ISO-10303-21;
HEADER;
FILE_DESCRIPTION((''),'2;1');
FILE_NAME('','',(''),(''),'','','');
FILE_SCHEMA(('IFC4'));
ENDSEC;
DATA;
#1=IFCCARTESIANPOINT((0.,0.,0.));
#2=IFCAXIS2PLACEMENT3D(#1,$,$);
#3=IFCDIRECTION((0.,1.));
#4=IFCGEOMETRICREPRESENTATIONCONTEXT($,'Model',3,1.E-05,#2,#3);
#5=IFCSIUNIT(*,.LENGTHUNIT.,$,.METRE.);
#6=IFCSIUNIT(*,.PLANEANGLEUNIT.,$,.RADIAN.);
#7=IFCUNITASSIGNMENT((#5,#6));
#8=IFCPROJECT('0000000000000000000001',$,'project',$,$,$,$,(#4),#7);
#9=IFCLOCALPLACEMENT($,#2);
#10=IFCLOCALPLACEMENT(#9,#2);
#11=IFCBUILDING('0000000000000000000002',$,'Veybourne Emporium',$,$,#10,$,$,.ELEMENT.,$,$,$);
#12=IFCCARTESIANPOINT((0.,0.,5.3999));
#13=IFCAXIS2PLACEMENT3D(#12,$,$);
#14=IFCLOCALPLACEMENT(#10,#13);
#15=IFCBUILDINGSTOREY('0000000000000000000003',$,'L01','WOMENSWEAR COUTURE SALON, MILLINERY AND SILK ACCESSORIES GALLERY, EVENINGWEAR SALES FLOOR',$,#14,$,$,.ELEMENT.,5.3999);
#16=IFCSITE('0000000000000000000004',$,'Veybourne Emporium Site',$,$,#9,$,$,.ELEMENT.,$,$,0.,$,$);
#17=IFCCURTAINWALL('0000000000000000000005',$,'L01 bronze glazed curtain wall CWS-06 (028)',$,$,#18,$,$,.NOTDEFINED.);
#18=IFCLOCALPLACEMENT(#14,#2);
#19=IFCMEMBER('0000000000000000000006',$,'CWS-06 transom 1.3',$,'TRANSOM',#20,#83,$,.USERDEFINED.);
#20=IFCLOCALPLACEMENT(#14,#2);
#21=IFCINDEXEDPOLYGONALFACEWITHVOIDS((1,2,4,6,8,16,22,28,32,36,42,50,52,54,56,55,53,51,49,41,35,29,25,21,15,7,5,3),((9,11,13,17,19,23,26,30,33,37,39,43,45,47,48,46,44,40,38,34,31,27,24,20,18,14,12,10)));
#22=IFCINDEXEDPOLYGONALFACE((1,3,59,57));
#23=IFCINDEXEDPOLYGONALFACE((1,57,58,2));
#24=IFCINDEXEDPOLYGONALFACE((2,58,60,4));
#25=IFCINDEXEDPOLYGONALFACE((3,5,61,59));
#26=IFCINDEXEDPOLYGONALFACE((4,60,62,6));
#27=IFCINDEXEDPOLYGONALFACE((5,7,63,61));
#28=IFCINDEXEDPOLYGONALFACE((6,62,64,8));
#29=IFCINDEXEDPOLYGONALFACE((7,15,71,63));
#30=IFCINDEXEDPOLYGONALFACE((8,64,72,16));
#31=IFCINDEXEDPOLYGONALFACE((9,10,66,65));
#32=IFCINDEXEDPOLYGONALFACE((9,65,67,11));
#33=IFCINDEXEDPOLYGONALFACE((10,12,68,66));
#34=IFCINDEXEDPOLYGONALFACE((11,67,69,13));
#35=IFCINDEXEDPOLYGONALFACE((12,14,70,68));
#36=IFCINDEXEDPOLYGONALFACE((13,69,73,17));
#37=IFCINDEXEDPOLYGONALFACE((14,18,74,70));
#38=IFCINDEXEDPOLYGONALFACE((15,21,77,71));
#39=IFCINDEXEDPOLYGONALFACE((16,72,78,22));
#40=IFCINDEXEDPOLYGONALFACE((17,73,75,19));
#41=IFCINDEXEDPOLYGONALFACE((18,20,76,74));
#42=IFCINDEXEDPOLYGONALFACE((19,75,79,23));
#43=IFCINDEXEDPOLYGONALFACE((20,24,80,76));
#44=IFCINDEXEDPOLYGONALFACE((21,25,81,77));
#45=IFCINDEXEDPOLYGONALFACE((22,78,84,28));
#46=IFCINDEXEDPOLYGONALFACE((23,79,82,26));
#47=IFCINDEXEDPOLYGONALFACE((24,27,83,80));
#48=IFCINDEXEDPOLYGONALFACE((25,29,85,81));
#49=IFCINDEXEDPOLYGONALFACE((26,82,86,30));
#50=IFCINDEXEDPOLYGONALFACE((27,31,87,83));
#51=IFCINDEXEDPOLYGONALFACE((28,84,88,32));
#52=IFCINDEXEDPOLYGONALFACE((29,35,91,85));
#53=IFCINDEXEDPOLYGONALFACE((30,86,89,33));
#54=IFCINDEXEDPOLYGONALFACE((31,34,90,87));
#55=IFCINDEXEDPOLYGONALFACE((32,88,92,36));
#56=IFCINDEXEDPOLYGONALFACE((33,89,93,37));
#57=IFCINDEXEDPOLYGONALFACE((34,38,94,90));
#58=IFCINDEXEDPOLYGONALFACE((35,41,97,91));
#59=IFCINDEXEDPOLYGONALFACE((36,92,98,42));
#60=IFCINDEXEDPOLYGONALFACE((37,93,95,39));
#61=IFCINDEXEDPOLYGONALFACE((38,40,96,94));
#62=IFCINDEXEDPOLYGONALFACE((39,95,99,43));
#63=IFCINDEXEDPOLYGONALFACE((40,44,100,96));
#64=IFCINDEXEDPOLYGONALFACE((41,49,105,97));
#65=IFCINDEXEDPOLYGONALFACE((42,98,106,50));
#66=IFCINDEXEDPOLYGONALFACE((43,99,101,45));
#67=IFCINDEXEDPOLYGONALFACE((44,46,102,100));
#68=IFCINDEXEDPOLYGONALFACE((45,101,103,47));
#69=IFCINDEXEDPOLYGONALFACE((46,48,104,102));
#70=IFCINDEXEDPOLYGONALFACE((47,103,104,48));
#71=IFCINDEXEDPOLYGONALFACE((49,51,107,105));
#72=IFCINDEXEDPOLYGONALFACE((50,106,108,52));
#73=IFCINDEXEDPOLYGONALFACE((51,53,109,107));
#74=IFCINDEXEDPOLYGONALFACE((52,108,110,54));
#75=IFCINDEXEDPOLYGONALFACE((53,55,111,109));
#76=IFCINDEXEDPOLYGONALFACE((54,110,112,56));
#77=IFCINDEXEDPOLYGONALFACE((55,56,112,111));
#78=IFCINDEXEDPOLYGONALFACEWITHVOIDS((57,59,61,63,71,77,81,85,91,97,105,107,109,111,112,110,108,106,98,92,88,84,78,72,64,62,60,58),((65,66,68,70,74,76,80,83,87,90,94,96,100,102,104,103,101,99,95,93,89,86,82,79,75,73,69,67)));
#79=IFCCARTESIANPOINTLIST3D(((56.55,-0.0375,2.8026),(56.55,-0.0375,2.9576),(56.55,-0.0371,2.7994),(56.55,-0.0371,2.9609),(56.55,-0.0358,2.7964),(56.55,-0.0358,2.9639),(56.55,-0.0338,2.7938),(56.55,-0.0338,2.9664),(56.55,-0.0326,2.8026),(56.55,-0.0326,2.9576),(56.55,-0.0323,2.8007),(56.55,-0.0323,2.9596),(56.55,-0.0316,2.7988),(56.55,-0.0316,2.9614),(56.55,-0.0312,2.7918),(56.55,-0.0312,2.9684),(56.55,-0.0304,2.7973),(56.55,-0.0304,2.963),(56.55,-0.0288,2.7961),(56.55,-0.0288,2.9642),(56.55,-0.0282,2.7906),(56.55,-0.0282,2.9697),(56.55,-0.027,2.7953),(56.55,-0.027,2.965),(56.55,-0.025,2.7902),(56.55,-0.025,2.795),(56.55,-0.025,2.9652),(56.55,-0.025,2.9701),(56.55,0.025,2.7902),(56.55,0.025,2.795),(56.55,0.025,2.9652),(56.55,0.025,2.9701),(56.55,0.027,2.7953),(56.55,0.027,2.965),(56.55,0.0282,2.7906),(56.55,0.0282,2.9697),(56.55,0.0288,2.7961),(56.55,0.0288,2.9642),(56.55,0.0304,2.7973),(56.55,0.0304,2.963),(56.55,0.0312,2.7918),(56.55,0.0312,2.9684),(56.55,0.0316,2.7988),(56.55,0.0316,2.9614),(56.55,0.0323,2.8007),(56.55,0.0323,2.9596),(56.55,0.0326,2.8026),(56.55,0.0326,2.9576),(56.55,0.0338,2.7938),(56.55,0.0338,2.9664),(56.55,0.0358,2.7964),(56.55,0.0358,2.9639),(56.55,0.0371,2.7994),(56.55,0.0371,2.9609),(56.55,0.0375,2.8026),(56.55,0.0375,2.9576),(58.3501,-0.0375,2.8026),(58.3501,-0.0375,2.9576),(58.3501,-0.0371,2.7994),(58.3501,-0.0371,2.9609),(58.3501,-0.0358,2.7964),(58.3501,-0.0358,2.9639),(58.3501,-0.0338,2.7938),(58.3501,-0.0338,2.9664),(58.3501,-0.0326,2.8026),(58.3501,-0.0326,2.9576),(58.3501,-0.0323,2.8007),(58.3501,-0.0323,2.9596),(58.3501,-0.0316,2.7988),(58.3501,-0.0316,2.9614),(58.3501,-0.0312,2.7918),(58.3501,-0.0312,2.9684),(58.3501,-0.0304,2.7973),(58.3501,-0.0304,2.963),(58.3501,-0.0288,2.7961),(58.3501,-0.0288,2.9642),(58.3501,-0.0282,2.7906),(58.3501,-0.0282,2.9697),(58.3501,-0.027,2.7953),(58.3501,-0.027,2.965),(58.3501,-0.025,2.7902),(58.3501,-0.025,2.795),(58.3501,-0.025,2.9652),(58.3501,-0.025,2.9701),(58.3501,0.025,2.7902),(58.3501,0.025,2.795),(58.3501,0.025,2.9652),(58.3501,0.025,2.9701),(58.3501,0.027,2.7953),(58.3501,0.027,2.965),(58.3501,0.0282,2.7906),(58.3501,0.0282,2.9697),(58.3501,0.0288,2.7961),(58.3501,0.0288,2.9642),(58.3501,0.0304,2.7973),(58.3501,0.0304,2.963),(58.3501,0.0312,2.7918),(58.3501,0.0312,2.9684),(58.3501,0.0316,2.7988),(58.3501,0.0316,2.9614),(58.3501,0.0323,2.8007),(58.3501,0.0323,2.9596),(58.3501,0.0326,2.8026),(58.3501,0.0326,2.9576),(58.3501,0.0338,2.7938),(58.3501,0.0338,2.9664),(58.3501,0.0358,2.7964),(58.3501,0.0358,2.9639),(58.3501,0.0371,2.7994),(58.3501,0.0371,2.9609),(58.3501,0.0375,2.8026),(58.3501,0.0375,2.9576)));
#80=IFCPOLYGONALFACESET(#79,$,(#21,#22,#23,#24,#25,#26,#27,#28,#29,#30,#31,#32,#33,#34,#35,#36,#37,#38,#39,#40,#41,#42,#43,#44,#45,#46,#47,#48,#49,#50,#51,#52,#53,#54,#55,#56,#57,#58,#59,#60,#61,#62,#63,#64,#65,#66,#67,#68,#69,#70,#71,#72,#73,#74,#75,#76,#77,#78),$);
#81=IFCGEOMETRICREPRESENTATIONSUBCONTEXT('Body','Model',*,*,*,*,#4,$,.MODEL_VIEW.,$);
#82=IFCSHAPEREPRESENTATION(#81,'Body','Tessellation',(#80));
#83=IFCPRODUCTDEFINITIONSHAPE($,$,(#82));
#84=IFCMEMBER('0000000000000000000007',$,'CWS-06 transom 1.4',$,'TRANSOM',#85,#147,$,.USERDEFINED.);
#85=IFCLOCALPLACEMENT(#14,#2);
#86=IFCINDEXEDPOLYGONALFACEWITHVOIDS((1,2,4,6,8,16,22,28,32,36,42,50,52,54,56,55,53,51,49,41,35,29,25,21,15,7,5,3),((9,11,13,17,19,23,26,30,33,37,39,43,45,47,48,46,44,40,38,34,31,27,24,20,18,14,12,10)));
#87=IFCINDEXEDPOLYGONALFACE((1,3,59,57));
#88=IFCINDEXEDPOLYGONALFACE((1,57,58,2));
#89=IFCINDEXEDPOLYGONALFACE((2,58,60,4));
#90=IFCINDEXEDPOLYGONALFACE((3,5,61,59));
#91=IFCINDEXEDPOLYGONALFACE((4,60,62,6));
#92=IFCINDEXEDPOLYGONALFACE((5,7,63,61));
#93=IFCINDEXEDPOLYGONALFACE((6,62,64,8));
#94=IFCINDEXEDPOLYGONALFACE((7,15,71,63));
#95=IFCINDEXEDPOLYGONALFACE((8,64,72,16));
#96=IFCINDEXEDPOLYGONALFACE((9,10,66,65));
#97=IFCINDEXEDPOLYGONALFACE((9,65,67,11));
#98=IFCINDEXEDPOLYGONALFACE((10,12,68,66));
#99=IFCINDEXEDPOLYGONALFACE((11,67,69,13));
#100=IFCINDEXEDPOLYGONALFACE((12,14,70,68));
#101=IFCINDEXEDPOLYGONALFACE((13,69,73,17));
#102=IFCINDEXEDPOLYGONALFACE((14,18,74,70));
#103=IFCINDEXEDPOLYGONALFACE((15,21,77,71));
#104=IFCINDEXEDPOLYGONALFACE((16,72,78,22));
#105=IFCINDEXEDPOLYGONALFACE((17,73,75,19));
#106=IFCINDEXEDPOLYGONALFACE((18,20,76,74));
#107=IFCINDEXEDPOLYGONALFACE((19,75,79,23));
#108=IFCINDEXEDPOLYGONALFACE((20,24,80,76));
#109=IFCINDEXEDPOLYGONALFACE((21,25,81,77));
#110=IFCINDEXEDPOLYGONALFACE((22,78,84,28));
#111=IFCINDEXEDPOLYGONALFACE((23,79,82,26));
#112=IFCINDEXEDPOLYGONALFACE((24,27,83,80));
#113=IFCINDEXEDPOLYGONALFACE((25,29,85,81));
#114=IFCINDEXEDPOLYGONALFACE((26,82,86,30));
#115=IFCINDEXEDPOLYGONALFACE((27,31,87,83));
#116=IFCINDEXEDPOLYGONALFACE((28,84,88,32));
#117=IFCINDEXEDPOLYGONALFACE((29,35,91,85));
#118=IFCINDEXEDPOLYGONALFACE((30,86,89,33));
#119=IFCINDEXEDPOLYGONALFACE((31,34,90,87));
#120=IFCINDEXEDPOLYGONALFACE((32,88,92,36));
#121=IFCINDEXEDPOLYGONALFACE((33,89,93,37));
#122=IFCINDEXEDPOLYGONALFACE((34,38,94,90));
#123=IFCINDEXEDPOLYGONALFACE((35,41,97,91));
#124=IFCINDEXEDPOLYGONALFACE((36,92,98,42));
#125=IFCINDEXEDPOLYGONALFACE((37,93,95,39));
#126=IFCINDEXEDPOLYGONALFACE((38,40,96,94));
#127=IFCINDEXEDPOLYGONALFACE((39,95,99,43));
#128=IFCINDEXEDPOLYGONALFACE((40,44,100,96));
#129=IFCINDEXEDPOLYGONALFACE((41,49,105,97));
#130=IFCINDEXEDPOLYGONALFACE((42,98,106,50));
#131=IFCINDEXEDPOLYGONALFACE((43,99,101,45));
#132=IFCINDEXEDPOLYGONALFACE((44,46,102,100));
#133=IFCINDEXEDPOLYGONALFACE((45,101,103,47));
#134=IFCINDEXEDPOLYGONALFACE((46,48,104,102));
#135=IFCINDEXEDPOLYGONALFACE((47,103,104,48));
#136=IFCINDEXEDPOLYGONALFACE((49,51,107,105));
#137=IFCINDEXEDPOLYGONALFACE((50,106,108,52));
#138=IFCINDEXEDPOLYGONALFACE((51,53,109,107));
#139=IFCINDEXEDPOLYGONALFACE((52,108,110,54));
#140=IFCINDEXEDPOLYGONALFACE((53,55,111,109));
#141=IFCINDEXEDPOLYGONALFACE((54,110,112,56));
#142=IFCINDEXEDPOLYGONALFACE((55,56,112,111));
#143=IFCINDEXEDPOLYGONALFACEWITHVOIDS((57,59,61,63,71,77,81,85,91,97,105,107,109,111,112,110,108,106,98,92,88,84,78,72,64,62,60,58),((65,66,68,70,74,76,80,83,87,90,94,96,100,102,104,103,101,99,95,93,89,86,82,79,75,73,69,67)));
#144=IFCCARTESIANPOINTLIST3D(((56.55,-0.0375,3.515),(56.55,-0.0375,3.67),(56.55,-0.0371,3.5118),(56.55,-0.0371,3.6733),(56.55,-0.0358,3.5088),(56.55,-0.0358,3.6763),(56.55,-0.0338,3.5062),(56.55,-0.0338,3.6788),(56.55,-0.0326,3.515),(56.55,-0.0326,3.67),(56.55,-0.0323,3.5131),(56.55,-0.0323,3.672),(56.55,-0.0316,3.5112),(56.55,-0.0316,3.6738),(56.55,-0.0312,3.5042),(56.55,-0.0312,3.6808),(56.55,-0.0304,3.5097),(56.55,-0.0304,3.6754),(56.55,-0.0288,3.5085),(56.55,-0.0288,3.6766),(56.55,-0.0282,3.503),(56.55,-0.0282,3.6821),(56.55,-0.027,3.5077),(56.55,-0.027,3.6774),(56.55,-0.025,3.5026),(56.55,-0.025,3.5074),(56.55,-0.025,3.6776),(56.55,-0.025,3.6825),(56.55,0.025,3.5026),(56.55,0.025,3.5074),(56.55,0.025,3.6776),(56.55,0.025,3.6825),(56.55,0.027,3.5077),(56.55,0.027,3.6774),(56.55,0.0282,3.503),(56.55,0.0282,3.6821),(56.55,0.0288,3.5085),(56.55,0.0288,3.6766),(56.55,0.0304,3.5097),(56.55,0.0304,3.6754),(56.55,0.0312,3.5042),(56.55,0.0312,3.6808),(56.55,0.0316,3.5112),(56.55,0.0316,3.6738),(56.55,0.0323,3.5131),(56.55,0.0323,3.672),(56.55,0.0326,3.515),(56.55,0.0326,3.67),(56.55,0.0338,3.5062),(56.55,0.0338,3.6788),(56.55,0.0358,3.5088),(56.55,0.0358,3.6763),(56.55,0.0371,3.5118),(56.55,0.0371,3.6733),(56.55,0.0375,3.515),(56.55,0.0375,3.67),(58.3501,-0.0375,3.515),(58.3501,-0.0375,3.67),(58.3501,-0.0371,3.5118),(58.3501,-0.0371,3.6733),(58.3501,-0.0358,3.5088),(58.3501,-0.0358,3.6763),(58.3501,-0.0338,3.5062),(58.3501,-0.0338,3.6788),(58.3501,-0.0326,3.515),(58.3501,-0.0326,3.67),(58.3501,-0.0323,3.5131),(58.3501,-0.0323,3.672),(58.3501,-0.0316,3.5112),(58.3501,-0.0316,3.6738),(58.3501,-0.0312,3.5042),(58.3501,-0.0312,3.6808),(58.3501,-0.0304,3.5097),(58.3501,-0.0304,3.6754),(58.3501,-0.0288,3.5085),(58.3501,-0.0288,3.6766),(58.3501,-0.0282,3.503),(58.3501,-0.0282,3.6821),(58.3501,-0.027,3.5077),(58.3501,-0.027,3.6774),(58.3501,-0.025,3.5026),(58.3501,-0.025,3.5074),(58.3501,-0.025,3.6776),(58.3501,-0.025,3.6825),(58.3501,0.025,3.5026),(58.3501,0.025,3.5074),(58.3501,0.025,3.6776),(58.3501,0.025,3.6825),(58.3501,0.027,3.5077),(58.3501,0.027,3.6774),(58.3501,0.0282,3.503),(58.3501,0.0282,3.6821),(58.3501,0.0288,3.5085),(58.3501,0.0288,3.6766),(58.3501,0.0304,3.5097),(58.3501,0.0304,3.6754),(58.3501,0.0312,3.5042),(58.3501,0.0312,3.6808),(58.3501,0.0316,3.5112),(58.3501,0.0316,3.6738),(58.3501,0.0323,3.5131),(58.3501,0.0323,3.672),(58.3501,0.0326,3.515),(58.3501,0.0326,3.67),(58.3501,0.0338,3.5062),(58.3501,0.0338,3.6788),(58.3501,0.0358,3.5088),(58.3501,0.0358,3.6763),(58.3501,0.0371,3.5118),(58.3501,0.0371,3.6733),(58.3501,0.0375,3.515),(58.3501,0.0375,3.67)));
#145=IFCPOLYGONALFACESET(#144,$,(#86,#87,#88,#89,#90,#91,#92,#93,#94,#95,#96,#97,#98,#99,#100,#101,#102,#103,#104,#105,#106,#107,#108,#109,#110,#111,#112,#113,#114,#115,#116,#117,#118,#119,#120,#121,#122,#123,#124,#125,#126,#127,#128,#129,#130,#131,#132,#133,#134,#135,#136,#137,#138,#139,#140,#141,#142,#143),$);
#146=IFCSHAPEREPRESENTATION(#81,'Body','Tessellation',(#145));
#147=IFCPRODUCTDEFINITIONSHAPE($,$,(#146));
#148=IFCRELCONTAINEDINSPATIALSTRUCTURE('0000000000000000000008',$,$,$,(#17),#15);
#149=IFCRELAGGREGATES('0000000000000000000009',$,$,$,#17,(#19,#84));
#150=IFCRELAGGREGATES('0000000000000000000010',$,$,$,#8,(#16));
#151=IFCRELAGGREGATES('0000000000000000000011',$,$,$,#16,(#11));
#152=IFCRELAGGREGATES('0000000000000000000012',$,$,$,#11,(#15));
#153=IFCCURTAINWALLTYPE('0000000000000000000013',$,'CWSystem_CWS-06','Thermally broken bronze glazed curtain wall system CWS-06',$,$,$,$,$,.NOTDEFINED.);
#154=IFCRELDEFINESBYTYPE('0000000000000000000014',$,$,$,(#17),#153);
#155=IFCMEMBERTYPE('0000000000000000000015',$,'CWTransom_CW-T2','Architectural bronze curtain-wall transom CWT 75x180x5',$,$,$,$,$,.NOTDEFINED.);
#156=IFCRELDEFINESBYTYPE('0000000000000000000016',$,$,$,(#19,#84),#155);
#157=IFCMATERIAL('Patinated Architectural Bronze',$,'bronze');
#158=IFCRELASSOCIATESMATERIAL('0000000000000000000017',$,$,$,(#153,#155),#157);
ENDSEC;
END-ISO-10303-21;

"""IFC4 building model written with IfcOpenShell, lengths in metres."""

from ifc_helpers import new_model, si_unit, direction, frame, origin, origin_2d, place, context, subcontext, project, spatial, hollow_rectangle, extrude, material, material_profile, profile_set, type_object, element, aggregate, save


model = new_model("IFC4")

# Units and contexts
model_context = context("Model", 3, precision=1e-05, world=origin(), true_north=direction((0.0, 1.0)))
body_context = subcontext(model_context, "Body", "Model", "MODEL_VIEW")
ifc_project = project(units=[si_unit("LENGTHUNIT", "METRE"), si_unit("PLANEANGLEUNIT", "RADIAN")], contexts=[model_context])

# Site, building, storey
site_placement = place(None, origin())
site = spatial("IfcSite", under=ifc_project, at=site_placement, Name="Veybourne Emporium Site", CompositionType="ELEMENT", RefElevation=0.0)
building_placement = place(site_placement, origin())
building = spatial("IfcBuilding", under=site, at=building_placement, Name="Veybourne Emporium", CompositionType="ELEMENT")
storey_placement = place(building_placement, frame((0.0, 0.0, 5.3999)))
storey = spatial("IfcBuildingStorey", under=building, at=storey_placement, Name="L01", Description="WOMENSWEAR COUTURE SALON, MILLINERY AND SILK ACCESSORIES GALLERY, EVENINGWEAR SALES FLOOR", CompositionType="ELEMENT", Elevation=5.3999)

# Curtain wall, members
ifc_material_1 = material(Name="Patinated Architectural Bronze", Category="bronze")
curtain_wall_type = type_object("IfcCurtainWallType", Name="CWSystem_CWS-06", Description="Thermally broken bronze glazed curtain wall system CWS-06", PredefinedType="NOTDEFINED", material=ifc_material_1)
curtain_wall_placement = place(storey_placement, origin())
curtain_wall = element("IfcCurtainWall", 1, at=curtain_wall_placement, inside=storey, type_object=curtain_wall_type, Name="L01 bronze glazed curtain wall CWS-06 (028)", PredefinedType="NOTDEFINED")
ifc_material_profile_1 = material_profile(ifc_material_1, hollow_rectangle(XDim=0.075, YDim=0.1799, WallThickness=0.0049, InnerFilletRadius=0.0076, OuterFilletRadius=0.0125, at=origin_2d()), Name="CWT 75x180x5")
ifc_profile_set_1 = profile_set([ifc_material_profile_1], Name="Patinated Architectural Bronze")
member_type_1 = type_object("IfcMemberType", Name="CWTransom_CW-T2", Description="Architectural bronze curtain-wall transom CWT 75x180x5", PredefinedType="NOTDEFINED", material=ifc_profile_set_1)
member_1_placement = place(storey_placement, frame((58.3501, 0.0, 2.8801), z_axis=(-1.0, 0.0, 0.0), x_axis=(0.0, -1.0, 0.0)))
member_1 = element("IfcMember", 2, at=member_1_placement, type_object=member_type_1, Name="CWS-06 transom 1.3", ObjectType="TRANSOM", PredefinedType="USERDEFINED", context=body_context, shape_type="SweptSolid", body=[
    extrude(hollow_rectangle(XDim=0.075, YDim=0.1799, WallThickness=0.0049, InnerFilletRadius=0.0076, OuterFilletRadius=0.0125, at=origin_2d()), origin(), (0.0, 0.0, 1.0), 1.8),
])
member_2_placement = place(storey_placement, frame((58.3501, 0.0, 3.5925), z_axis=(-1.0, 0.0, 0.0), x_axis=(0.0, -1.0, 0.0)))
member_2 = element("IfcMember", 3, at=member_2_placement, type_object=member_type_1, Name="CWS-06 transom 1.4", ObjectType="TRANSOM", PredefinedType="USERDEFINED", context=body_context, shape_type="SweptSolid", body=[
    extrude(hollow_rectangle(XDim=0.075, YDim=0.1799, WallThickness=0.0049, InnerFilletRadius=0.0076, OuterFilletRadius=0.0125, at=origin_2d()), origin(), (0.0, 0.0, 1.0), 1.8),
])

aggregate(curtain_wall, [member_1, member_2])

save(model, "model.ifc")
